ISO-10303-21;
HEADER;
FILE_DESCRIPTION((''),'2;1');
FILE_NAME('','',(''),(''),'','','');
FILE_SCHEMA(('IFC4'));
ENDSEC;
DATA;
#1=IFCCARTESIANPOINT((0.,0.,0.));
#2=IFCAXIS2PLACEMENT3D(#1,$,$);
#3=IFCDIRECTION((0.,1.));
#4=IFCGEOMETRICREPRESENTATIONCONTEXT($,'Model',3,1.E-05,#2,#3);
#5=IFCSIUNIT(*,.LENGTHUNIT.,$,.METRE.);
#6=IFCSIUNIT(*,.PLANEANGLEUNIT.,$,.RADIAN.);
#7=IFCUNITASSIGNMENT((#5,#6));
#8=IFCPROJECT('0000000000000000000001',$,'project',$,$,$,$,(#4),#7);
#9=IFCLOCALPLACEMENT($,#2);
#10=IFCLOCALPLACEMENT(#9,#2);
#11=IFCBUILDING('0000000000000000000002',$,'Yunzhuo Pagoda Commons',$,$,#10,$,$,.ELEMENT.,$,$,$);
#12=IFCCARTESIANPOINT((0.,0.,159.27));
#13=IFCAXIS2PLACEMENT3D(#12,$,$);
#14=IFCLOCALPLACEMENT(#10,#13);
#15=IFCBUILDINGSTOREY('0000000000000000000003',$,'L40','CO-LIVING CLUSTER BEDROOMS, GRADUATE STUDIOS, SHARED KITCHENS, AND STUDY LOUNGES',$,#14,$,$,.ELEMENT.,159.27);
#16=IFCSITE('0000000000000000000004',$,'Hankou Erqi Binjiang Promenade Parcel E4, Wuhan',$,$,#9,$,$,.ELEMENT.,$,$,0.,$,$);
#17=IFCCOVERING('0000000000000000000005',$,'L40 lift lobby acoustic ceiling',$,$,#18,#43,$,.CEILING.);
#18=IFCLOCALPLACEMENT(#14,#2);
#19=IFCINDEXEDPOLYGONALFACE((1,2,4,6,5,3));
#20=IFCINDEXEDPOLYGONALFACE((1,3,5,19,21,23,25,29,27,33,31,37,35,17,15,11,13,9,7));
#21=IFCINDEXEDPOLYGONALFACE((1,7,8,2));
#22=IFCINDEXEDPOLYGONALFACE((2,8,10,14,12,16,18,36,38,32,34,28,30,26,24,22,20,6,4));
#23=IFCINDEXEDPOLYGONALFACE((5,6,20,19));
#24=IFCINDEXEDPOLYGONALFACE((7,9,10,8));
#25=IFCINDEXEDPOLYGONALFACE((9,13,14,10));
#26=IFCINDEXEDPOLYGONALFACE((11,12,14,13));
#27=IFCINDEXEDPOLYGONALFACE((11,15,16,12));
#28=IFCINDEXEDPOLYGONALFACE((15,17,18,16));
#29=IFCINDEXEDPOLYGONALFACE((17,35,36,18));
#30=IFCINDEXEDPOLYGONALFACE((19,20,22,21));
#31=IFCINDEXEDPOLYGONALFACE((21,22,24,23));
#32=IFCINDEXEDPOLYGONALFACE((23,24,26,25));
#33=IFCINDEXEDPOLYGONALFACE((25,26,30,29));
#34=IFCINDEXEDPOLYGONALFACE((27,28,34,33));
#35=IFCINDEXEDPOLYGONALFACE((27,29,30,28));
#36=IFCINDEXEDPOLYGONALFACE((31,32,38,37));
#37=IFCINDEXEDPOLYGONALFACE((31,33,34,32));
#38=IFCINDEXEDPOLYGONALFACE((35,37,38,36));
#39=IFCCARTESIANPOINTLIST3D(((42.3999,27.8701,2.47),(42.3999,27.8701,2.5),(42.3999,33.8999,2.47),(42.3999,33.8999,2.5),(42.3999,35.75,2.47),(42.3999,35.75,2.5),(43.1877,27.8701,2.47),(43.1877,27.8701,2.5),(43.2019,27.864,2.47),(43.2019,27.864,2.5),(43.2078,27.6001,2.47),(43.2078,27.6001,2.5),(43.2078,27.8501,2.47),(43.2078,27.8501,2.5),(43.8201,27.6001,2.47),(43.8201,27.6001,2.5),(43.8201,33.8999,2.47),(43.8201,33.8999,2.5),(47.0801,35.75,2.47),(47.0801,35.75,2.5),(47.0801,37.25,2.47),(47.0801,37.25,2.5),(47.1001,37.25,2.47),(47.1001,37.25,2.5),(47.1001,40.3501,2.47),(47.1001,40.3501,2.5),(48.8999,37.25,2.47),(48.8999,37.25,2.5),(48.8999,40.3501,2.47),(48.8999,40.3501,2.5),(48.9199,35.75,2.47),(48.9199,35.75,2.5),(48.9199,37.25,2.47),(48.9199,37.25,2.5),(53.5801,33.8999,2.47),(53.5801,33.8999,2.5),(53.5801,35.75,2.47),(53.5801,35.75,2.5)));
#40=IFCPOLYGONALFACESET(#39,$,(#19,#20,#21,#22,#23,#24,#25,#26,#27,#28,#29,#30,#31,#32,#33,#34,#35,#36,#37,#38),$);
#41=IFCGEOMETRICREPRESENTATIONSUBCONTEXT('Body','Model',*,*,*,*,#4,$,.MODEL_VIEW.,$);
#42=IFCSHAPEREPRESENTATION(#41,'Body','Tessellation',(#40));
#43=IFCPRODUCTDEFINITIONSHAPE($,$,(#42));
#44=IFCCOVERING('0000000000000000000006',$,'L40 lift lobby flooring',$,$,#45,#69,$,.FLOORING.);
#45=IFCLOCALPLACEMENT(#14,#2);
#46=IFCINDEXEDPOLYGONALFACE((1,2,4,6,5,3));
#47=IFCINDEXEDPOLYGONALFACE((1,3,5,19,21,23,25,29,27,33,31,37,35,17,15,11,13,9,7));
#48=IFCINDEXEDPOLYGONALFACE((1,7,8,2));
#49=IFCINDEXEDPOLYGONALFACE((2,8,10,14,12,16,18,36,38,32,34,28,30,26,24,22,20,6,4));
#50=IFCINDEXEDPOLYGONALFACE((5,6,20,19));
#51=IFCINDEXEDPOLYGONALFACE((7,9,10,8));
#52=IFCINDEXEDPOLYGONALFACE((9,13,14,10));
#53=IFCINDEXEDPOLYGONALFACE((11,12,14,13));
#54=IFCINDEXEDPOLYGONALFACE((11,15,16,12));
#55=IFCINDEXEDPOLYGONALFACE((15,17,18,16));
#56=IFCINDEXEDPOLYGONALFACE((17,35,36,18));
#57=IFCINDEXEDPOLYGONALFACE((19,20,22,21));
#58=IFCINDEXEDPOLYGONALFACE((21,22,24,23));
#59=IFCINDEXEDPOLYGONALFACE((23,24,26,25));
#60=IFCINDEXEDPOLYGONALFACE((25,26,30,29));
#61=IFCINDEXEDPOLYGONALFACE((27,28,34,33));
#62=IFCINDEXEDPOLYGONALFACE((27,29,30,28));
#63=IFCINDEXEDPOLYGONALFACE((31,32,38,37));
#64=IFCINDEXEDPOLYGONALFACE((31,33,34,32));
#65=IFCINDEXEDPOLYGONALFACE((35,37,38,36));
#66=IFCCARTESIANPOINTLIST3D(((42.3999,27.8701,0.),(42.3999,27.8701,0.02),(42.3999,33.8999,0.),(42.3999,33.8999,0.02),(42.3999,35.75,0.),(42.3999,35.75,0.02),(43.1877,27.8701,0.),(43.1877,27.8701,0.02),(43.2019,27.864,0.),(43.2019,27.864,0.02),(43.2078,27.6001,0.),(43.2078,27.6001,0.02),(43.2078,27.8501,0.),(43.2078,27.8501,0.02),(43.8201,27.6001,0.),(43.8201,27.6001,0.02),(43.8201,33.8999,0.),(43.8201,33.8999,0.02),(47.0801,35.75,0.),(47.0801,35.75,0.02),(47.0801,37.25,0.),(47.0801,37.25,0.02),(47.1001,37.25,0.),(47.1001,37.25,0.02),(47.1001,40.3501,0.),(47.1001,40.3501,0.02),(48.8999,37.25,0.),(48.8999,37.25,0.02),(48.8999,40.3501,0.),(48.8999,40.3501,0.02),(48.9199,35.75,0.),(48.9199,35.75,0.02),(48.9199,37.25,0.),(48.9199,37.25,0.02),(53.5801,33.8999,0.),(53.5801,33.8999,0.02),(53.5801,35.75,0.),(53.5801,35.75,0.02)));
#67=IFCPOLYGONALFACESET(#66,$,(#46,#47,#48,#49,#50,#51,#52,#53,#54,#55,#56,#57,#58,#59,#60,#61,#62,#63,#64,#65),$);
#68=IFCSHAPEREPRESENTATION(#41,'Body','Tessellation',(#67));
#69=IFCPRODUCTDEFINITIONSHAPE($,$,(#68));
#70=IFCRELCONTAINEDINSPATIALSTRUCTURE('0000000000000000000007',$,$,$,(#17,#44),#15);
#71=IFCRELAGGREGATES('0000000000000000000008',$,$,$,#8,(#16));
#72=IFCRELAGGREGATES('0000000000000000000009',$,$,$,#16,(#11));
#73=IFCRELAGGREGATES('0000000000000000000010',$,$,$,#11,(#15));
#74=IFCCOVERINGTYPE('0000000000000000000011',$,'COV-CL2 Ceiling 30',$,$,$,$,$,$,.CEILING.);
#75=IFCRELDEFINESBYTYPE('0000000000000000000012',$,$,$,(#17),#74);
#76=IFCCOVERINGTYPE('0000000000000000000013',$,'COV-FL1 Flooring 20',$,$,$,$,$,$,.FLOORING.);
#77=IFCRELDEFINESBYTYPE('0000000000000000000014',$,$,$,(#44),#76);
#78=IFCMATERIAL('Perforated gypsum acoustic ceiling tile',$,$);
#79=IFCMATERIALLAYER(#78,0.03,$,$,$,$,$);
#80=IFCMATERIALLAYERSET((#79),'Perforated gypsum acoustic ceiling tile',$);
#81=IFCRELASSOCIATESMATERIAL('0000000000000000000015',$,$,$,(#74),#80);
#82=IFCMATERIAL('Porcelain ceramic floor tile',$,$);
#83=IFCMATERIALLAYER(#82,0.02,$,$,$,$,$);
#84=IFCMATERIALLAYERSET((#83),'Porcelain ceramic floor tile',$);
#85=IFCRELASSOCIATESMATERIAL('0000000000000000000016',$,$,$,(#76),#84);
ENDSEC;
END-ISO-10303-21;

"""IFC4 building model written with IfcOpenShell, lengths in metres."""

from ifc_helpers import new_model, si_unit, direction, frame, origin, place, context, subcontext, project, spatial, polyline, outline, extrude, material, layer, layer_set, type_object, element, save


model = new_model("IFC4")

# Units and contexts
model_context = context("Model", 3, precision=1e-05, world=origin(), true_north=direction((0.0, 1.0)))
body_context = subcontext(model_context, "Body", "Model", "MODEL_VIEW")
ifc_project = project(units=[si_unit("LENGTHUNIT", "METRE"), si_unit("PLANEANGLEUNIT", "RADIAN")], contexts=[model_context])

# Site, building, storey
site_placement = place(None, origin())
site = spatial("IfcSite", under=ifc_project, at=site_placement, Name="Hankou Erqi Binjiang Promenade Parcel E4, Wuhan", CompositionType="ELEMENT", RefElevation=0.0)
building_placement = place(site_placement, origin())
building = spatial("IfcBuilding", under=site, at=building_placement, Name="Yunzhuo Pagoda Commons", CompositionType="ELEMENT")
storey_placement = place(building_placement, frame((0.0, 0.0, 159.27)))
storey = spatial("IfcBuildingStorey", under=building, at=storey_placement, Name="L40", Description="CO-LIVING CLUSTER BEDROOMS, GRADUATE STUDIOS, SHARED KITCHENS, AND STUDY LOUNGES", CompositionType="ELEMENT", Elevation=159.27)

# Coverings
ifc_material_1 = material(Name="Perforated gypsum acoustic ceiling tile")
ifc_layer_1 = layer(ifc_material_1, 0.03)
ifc_layer_set_1 = layer_set([ifc_layer_1], Name="Perforated gypsum acoustic ceiling tile")
covering_type_1 = type_object("IfcCoveringType", Name="COV-CL2 Ceiling 30", PredefinedType="CEILING", material=ifc_layer_set_1)
covering_1_placement = place(storey_placement, frame((0.0, 0.0, 2.47)))
element("IfcCovering", 1, at=covering_1_placement, inside=storey, type_object=covering_type_1, Name="L40 lift lobby acoustic ceiling", PredefinedType="CEILING", context=body_context, shape_type="SweptSolid", body=[
    extrude(outline(polyline([(42.3999, 35.75), (47.0801, 35.75), (47.0801, 37.25), (47.1001, 37.25), (47.1001, 40.3501), (48.8999, 40.3501), (48.8999, 37.25), (48.9199, 37.25), (48.9199, 35.75), (53.5801, 35.75), (53.5801, 33.8999), (43.8201, 33.8999), (43.8201, 27.6001), (43.2078, 27.6001), (43.2078, 27.8501), (43.2019, 27.864), (43.1877, 27.8701), (42.3999, 27.8701), (42.3999, 33.8999), (42.3999, 35.75)])), origin(), (0.0, 0.0, 1.0), 0.03),
])
ifc_material_2 = material(Name="Porcelain ceramic floor tile")
ifc_layer_2 = layer(ifc_material_2, 0.02)
ifc_layer_set_2 = layer_set([ifc_layer_2], Name="Porcelain ceramic floor tile")
covering_type_2 = type_object("IfcCoveringType", Name="COV-FL1 Flooring 20", PredefinedType="FLOORING", material=ifc_layer_set_2)
covering_2_placement = place(storey_placement, origin())
element("IfcCovering", 2, at=covering_2_placement, inside=storey, type_object=covering_type_2, Name="L40 lift lobby flooring", PredefinedType="FLOORING", context=body_context, shape_type="SweptSolid", body=[
    extrude(outline(polyline([(42.3999, 35.75), (47.0801, 35.75), (47.0801, 37.25), (47.1001, 37.25), (47.1001, 40.3501), (48.8999, 40.3501), (48.8999, 37.25), (48.9199, 37.25), (48.9199, 35.75), (53.5801, 35.75), (53.5801, 33.8999), (43.8201, 33.8999), (43.8201, 27.6001), (43.2078, 27.6001), (43.2078, 27.8501), (43.2019, 27.864), (43.1877, 27.8701), (42.3999, 27.8701), (42.3999, 33.8999), (42.3999, 35.75)])), origin(), (0.0, 0.0, 1.0), 0.02),
])

save(model, "model.ifc")
